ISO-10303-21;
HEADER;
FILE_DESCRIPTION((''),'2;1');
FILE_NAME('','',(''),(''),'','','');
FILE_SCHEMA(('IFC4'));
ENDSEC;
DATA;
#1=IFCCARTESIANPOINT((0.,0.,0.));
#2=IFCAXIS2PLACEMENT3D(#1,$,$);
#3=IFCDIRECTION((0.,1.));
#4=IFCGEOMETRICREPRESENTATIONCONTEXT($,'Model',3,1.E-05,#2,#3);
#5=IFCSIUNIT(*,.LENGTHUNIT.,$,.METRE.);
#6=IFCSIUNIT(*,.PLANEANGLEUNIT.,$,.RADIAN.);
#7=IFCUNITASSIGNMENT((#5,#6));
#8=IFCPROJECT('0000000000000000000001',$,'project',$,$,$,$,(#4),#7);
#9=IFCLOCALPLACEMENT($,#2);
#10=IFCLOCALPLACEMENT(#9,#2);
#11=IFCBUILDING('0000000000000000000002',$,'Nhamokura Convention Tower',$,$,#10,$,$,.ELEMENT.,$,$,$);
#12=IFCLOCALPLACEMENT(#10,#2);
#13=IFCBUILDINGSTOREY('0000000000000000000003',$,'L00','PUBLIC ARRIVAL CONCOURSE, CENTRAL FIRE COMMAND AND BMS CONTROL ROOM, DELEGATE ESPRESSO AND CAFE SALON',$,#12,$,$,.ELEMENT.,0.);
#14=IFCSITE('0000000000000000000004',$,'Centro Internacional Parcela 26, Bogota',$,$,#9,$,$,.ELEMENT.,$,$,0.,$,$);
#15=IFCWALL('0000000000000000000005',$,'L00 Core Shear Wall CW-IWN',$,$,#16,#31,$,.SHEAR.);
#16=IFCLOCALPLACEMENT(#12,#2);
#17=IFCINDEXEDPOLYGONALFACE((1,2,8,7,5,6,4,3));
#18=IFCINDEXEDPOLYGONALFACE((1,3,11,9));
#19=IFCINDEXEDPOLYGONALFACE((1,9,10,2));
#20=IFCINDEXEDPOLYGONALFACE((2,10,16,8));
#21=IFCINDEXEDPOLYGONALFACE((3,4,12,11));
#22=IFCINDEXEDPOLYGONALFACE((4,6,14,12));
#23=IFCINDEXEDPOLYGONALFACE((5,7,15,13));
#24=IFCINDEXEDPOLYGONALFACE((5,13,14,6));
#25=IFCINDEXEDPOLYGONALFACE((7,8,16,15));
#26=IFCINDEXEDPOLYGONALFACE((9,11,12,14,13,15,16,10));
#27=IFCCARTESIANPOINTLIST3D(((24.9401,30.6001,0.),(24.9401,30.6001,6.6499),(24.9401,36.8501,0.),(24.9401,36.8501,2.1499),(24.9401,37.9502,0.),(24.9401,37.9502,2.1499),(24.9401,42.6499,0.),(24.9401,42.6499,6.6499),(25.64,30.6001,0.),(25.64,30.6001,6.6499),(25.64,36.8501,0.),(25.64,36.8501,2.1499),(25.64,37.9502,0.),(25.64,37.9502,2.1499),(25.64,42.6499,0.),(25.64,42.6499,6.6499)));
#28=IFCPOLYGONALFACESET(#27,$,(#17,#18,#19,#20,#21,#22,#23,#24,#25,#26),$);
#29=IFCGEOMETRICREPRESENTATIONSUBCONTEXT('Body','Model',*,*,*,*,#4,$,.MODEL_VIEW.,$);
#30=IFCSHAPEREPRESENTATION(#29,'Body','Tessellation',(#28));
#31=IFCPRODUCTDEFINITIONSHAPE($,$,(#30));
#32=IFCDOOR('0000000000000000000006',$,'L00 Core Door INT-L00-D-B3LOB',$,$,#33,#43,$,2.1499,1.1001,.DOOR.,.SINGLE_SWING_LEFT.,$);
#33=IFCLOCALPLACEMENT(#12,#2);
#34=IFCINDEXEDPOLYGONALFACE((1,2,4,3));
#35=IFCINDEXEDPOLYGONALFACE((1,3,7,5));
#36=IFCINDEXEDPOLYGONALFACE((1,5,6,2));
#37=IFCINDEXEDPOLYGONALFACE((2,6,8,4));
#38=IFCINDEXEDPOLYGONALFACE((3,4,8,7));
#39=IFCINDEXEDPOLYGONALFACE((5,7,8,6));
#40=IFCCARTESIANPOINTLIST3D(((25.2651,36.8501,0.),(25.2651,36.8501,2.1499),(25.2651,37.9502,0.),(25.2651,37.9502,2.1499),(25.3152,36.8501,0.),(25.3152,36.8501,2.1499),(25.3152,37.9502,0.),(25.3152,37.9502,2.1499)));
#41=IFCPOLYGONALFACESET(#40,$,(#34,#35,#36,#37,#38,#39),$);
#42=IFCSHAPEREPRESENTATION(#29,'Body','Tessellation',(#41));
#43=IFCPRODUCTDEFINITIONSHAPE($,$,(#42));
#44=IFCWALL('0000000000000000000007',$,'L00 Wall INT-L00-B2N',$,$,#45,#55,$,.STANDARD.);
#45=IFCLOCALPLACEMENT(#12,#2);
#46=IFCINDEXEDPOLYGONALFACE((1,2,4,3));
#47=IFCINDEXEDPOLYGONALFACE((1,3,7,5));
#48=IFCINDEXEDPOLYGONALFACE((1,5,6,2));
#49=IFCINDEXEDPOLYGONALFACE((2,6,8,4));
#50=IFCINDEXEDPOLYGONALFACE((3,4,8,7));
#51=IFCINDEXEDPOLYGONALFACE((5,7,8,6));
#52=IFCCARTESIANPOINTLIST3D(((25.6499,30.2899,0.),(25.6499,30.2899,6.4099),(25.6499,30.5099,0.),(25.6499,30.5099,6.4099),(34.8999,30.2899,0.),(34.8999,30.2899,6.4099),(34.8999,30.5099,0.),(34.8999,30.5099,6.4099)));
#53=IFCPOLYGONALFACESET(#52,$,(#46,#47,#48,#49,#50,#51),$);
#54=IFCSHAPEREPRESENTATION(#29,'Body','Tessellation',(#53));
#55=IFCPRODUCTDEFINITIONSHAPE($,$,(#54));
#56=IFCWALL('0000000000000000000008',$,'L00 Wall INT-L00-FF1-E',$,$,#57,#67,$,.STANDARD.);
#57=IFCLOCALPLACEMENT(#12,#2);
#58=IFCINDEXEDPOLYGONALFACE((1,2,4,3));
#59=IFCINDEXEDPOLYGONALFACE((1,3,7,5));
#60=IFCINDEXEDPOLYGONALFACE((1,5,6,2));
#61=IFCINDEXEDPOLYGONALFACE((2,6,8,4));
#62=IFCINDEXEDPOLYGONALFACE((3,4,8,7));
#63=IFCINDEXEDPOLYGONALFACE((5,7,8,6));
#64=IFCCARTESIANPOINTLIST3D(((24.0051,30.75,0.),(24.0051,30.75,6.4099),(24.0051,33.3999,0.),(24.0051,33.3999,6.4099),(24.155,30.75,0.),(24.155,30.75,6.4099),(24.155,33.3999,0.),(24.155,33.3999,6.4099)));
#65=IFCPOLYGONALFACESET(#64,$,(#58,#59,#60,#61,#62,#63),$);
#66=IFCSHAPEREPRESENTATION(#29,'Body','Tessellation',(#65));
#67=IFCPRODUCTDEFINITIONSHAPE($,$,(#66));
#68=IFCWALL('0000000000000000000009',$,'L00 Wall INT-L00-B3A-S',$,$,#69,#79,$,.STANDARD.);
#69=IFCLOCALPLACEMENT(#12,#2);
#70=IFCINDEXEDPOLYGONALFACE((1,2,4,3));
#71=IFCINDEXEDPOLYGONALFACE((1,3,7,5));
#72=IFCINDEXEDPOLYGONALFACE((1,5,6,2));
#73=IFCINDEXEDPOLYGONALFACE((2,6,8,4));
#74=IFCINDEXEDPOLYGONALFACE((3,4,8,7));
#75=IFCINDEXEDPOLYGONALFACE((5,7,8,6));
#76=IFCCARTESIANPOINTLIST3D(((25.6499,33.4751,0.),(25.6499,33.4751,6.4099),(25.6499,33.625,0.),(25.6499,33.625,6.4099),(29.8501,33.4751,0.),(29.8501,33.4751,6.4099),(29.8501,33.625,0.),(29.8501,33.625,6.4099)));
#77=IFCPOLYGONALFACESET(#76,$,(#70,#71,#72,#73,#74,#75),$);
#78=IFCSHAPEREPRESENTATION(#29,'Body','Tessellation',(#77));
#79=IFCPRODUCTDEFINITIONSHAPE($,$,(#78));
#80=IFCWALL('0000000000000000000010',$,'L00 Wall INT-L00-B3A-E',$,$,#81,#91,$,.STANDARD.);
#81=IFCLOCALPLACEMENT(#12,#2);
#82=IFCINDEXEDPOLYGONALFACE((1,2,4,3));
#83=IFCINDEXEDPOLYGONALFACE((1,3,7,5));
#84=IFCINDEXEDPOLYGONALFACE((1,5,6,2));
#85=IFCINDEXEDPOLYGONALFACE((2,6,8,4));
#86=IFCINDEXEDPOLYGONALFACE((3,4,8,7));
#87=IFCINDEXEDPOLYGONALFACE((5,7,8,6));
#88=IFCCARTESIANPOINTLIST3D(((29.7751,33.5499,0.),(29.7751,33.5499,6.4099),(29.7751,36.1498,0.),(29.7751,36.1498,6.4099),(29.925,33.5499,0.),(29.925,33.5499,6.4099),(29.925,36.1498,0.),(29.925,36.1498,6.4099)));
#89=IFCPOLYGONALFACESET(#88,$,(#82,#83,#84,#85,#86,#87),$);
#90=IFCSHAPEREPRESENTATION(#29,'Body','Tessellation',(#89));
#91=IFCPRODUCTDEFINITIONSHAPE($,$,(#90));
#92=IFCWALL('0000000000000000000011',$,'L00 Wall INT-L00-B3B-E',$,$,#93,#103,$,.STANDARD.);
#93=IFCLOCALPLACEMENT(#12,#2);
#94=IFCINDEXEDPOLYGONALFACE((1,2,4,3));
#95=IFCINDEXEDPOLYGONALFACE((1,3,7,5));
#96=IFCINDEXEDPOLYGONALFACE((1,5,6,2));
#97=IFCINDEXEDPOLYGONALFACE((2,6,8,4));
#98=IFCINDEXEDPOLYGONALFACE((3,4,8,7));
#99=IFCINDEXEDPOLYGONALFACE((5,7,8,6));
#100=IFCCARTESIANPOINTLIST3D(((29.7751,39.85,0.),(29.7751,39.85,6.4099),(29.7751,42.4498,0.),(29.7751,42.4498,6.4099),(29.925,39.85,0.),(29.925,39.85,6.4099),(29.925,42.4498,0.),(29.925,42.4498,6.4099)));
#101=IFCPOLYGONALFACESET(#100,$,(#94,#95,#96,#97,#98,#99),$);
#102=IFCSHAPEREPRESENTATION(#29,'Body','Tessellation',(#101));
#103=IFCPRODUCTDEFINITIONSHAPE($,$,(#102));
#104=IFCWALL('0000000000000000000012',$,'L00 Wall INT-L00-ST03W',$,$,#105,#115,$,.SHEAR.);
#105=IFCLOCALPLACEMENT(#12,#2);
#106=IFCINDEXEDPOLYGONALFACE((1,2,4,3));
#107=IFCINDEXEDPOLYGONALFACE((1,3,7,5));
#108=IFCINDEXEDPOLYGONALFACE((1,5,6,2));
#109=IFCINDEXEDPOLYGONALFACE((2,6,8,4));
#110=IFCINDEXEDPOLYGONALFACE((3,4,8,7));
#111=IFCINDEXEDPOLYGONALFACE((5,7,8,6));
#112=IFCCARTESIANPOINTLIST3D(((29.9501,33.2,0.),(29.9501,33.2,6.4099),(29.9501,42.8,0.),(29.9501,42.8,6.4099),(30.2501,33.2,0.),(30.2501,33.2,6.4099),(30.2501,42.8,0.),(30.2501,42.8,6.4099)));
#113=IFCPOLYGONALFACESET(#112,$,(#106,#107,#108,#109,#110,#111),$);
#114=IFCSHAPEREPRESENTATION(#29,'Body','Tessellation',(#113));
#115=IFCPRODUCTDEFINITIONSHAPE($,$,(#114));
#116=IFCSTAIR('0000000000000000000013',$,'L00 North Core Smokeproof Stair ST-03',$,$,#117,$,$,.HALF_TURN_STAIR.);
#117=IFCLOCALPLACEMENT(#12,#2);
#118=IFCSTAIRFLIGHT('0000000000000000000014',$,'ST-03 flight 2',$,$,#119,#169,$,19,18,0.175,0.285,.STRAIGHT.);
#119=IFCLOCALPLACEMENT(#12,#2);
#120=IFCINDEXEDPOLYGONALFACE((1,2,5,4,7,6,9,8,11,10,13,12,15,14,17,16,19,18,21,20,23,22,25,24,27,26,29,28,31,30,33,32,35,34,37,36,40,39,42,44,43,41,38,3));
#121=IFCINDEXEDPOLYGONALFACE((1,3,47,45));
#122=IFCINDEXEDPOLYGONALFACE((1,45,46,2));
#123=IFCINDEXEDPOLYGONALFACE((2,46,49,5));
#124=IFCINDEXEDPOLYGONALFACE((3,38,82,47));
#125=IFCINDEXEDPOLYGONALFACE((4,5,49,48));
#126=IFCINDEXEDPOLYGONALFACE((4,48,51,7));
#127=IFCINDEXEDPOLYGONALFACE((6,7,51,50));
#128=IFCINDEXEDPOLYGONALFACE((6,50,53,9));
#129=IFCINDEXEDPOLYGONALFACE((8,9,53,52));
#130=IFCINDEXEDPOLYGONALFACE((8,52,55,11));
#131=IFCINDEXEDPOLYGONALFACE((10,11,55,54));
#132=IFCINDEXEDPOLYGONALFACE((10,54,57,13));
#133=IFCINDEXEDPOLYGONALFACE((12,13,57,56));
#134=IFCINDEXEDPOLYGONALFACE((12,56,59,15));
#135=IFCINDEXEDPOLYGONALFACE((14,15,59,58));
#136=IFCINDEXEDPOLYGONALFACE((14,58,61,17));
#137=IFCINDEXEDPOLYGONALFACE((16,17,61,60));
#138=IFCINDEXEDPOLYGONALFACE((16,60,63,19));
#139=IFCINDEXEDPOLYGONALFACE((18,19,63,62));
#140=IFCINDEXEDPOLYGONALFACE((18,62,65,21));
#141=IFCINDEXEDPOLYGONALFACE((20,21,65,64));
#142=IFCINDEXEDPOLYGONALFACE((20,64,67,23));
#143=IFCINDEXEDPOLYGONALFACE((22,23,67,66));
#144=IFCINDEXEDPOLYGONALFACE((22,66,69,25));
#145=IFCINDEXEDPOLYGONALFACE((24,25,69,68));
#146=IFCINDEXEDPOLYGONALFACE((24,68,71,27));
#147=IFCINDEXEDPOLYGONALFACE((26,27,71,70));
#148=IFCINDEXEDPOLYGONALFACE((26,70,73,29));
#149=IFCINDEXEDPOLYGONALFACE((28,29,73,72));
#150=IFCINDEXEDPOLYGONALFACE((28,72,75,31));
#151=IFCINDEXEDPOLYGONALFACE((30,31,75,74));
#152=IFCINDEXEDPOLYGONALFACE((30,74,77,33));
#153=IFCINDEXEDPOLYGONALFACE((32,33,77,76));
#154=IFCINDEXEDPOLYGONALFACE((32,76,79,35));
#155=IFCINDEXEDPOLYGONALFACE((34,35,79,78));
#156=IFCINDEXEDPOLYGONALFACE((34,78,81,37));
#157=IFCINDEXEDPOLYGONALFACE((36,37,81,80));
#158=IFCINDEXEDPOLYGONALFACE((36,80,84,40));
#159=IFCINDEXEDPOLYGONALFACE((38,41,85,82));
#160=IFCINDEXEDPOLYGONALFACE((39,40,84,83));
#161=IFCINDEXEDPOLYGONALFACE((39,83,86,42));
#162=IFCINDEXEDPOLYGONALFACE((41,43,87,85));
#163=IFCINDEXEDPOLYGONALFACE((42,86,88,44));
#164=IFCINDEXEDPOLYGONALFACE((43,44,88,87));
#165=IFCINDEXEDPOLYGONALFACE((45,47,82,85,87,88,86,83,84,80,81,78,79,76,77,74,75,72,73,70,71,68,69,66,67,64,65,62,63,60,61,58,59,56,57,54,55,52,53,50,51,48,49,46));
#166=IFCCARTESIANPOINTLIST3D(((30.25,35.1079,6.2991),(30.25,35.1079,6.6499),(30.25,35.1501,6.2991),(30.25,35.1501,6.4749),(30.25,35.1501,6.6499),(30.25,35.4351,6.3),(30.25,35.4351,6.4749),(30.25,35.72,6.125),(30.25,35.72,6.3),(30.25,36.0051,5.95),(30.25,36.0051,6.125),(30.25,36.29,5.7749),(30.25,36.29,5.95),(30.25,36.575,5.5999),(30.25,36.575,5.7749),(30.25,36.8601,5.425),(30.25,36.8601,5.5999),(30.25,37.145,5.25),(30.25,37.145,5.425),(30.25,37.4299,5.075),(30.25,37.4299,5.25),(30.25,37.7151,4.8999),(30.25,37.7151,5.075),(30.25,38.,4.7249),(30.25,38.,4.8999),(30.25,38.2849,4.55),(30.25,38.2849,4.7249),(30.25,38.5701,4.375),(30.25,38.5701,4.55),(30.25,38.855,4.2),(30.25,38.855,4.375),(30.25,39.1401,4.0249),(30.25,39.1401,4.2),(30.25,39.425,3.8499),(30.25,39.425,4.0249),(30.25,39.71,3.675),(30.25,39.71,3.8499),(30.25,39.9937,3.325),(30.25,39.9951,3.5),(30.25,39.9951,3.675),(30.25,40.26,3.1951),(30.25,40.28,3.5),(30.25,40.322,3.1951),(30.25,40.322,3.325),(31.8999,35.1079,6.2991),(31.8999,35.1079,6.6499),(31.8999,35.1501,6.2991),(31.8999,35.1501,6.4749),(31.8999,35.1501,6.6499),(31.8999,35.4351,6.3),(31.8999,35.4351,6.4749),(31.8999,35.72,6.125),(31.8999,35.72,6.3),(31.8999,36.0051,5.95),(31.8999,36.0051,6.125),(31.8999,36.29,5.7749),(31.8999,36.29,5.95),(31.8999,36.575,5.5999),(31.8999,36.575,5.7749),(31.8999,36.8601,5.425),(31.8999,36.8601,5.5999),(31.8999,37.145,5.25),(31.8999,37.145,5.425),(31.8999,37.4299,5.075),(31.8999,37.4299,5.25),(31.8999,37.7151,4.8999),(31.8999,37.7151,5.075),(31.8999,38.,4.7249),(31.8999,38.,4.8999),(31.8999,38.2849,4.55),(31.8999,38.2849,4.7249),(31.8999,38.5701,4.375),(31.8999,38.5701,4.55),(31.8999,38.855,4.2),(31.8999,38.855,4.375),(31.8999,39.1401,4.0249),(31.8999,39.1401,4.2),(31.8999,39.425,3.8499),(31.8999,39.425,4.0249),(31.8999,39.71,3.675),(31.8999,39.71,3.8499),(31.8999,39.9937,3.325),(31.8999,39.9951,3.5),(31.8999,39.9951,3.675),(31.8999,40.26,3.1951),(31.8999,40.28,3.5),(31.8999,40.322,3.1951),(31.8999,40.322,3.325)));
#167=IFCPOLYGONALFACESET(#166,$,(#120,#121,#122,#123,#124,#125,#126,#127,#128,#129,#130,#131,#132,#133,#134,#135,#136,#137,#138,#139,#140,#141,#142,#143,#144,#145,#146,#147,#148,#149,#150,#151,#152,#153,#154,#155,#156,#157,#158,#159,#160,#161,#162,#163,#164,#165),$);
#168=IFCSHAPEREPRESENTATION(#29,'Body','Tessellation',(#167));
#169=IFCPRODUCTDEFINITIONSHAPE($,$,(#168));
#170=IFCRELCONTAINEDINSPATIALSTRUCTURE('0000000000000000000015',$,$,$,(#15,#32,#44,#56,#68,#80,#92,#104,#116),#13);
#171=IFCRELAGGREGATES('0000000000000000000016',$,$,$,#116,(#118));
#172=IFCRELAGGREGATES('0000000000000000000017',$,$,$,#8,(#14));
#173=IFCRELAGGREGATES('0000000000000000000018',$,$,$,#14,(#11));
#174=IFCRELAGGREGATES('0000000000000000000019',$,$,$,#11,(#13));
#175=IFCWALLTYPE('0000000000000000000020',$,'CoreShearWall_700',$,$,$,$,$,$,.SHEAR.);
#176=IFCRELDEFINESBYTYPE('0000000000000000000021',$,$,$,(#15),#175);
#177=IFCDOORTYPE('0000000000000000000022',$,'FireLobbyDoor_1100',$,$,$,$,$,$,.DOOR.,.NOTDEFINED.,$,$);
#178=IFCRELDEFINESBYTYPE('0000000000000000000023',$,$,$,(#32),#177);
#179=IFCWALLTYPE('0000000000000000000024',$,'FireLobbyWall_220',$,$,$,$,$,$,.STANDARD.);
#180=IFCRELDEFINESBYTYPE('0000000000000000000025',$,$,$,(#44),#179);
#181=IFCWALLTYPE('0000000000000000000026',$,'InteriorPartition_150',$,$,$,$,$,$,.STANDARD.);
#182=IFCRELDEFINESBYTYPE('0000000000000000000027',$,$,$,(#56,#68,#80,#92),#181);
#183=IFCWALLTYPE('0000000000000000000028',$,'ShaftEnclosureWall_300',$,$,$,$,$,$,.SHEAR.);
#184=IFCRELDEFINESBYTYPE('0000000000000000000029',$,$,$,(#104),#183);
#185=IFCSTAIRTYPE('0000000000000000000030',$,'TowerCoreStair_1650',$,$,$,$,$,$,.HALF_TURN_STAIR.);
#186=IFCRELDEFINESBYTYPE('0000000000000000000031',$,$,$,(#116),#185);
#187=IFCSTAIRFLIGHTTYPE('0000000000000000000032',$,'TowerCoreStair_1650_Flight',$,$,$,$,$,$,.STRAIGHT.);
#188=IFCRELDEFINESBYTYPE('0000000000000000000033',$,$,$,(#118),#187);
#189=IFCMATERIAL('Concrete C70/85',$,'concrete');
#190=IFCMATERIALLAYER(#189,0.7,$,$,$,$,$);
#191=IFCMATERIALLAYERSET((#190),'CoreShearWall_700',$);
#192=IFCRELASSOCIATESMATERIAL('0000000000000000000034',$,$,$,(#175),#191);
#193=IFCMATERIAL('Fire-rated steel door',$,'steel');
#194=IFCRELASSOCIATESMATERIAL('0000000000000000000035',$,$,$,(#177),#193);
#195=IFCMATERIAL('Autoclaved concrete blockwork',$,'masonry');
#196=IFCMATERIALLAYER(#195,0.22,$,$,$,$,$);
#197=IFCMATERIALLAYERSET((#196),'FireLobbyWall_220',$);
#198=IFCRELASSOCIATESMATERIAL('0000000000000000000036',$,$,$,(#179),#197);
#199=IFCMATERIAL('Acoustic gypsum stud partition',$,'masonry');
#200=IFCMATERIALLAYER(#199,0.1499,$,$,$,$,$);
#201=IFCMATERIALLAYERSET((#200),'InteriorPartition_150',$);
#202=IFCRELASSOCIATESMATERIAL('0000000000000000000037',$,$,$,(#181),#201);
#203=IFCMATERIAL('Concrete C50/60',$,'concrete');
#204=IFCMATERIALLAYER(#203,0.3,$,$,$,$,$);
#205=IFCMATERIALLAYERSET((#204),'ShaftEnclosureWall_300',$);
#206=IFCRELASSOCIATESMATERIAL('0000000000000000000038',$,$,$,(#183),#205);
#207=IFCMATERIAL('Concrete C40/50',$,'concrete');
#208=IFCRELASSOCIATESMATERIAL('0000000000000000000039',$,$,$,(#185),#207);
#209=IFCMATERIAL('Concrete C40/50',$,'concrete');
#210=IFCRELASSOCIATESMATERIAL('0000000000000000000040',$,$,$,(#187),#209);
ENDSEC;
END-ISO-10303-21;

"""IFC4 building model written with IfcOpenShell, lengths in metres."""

from ifc_helpers import new_model, si_unit, direction, frame, frame_2d, origin, place, context, subcontext, project, spatial, polyline, rectangle, outline, extrude, material, layer, layer_set, type_object, element, fill, aggregate, save


model = new_model("IFC4")

# Units and contexts
model_context = context("Model", 3, precision=1e-05, world=origin(), true_north=direction((0.0, 1.0)))
body_context = subcontext(model_context, "Body", "Model", "MODEL_VIEW")
ifc_project = project(units=[si_unit("LENGTHUNIT", "METRE"), si_unit("PLANEANGLEUNIT", "RADIAN")], contexts=[model_context])

# Site, building, storey
site_placement = place(None, origin())
site = spatial("IfcSite", under=ifc_project, at=site_placement, Name="Centro Internacional Parcela 26, Bogota", CompositionType="ELEMENT", RefElevation=0.0)
building_placement = place(site_placement, origin())
building = spatial("IfcBuilding", under=site, at=building_placement, Name="Nhamokura Convention Tower", CompositionType="ELEMENT")
storey_placement = place(building_placement, origin())
storey = spatial("IfcBuildingStorey", under=building, at=storey_placement, Name="L00", Description="PUBLIC ARRIVAL CONCOURSE, CENTRAL FIRE COMMAND AND BMS CONTROL ROOM, DELEGATE ESPRESSO AND CAFE SALON", CompositionType="ELEMENT", Elevation=0.0)

# Wall, opening, door
ifc_material_1 = material(Name="Concrete C70/85", Category="concrete")
ifc_layer_1 = layer(ifc_material_1, 0.7)
ifc_layer_set_1 = layer_set([ifc_layer_1], Name="CoreShearWall_700")
wall_type_1 = type_object("IfcWallType", Name="CoreShearWall_700", PredefinedType="SHEAR", material=ifc_layer_set_1)
wall_1_placement = place(storey_placement, frame((25.29, 30.6001, 0.0), z_axis=(0.0, 0.0, 1.0), x_axis=(0.0, 1.0, 0.0)))
wall_1 = element("IfcWall", 1, at=wall_1_placement, inside=storey, type_object=wall_type_1, Name="L00 Core Shear Wall CW-IWN", PredefinedType="SHEAR", context=body_context, shape_type="SweptSolid", body=[
    extrude(rectangle(XDim=12.0498, YDim=0.7, at=frame_2d((6.0249, 0.0))), origin(), (0.0, 0.0, 1.0), 6.6499),
])
opening_1_placement = place(wall_1_placement, frame((6.25, 0.0, 0.0)))
opening_1 = element("IfcOpeningElement", 2, at=opening_1_placement, cuts=wall_1, PredefinedType="OPENING", context=body_context, shape_type="SweptSolid", body=[
    extrude(rectangle(XDim=1.1001, YDim=2.1499, at=frame_2d((0.55, 1.075))), frame((0.0, 0.3599, 0.0), z_axis=(0.0, -1.0, 0.0), x_axis=(1.0, 0.0, 0.0)), (0.0, 0.0, 1.0), 0.72),
])
ifc_material_2 = material(Name="Fire-rated steel door", Category="steel")
door_type_1 = type_object("IfcDoorType", Name="FireLobbyDoor_1100", OperationType="NOTDEFINED", PredefinedType="DOOR", material=ifc_material_2)
door_1_placement = place(opening_1_placement, origin())
door_1 = element("IfcDoor", 3, at=door_1_placement, inside=storey, type_object=door_type_1, Name="L00 Core Door INT-L00-D-B3LOB", OperationType="SINGLE_SWING_LEFT", OverallHeight=2.1499, OverallWidth=1.1001, PredefinedType="DOOR", context=body_context, shape_type="SweptSolid", body=[
    extrude(rectangle(XDim=1.1001, YDim=2.1499, at=frame_2d((0.55, 1.075))), frame((0.0, 0.0249, 0.0), z_axis=(0.0, -1.0, 0.0), x_axis=(1.0, 0.0, 0.0)), (0.0, 0.0, 1.0), 0.05),
])
fill(opening_1, door_1)

# Wall
ifc_material_3 = material(Name="Autoclaved concrete blockwork", Category="masonry")
ifc_layer_2 = layer(ifc_material_3, 0.22)
ifc_layer_set_2 = layer_set([ifc_layer_2], Name="FireLobbyWall_220")
wall_type_2 = type_object("IfcWallType", Name="FireLobbyWall_220", PredefinedType="STANDARD", material=ifc_layer_set_2)
wall_2_placement = place(storey_placement, frame((25.6499, 30.3999, 0.0), z_axis=(0.0, 0.0, 1.0), x_axis=(1.0, 0.0, 0.0)))
element("IfcWall", 4, at=wall_2_placement, inside=storey, type_object=wall_type_2, Name="L00 Wall INT-L00-B2N", PredefinedType="STANDARD", context=body_context, shape_type="SweptSolid", body=[
    extrude(rectangle(XDim=9.25, YDim=0.22, at=frame_2d((4.625, 0.0))), origin(), (0.0, 0.0, 1.0), 6.4099),
])

# Walls
ifc_material_4 = material(Name="Acoustic gypsum stud partition", Category="masonry")
ifc_layer_3 = layer(ifc_material_4, 0.1499)
ifc_layer_set_3 = layer_set([ifc_layer_3], Name="InteriorPartition_150")
wall_type_3 = type_object("IfcWallType", Name="InteriorPartition_150", PredefinedType="STANDARD", material=ifc_layer_set_3)
wall_3_placement = place(storey_placement, frame((24.0801, 30.75, 0.0), z_axis=(0.0, 0.0, 1.0), x_axis=(0.0, 1.0, 0.0)))
element("IfcWall", 5, at=wall_3_placement, inside=storey, type_object=wall_type_3, Name="L00 Wall INT-L00-FF1-E", PredefinedType="STANDARD", context=body_context, shape_type="SweptSolid", body=[
    extrude(rectangle(XDim=2.6499, YDim=0.1499, at=frame_2d((1.325, 0.0))), origin(), (0.0, 0.0, 1.0), 6.4099),
])
wall_4_placement = place(storey_placement, frame((25.6499, 33.55, 0.0), z_axis=(0.0, 0.0, 1.0), x_axis=(1.0, 0.0, 0.0)))
element("IfcWall", 6, at=wall_4_placement, inside=storey, type_object=wall_type_3, Name="L00 Wall INT-L00-B3A-S", PredefinedType="STANDARD", context=body_context, shape_type="SweptSolid", body=[
    extrude(rectangle(XDim=4.2002, YDim=0.1499, at=frame_2d((2.1001, 0.0))), origin(), (0.0, 0.0, 1.0), 6.4099),
])
for number, where, z_axis, x_axis, name in (
    (7, (29.8501, 33.55, 0.0), (0.0, 0.0, 1.0), (0.0, 1.0, 0.0), "L00 Wall INT-L00-B3A-E"),
    (8, (29.8501, 39.8501, 0.0), (0.0, 0.0, 1.0), (0.0, 1.0, 0.0), "L00 Wall INT-L00-B3B-E"),
):
    element("IfcWall", number, at=place(storey_placement, frame(where, z_axis=z_axis, x_axis=x_axis)), inside=storey, type_object=wall_type_3, Name=name, PredefinedType="STANDARD", context=body_context, shape_type="SweptSolid", body=[
        extrude(rectangle(XDim=2.5999, YDim=0.1499, at=frame_2d((1.2998, 0.0))), origin(), (0.0, 0.0, 1.0), 6.4099),
    ])
ifc_material_5 = material(Name="Concrete C50/60", Category="concrete")
ifc_layer_4 = layer(ifc_material_5, 0.3)
ifc_layer_set_4 = layer_set([ifc_layer_4], Name="ShaftEnclosureWall_300")
wall_type_4 = type_object("IfcWallType", Name="ShaftEnclosureWall_300", PredefinedType="SHEAR", material=ifc_layer_set_4)
wall_5_placement = place(storey_placement, frame((30.1001, 33.2, 0.0), z_axis=(0.0, 0.0, 1.0), x_axis=(0.0, 1.0, 0.0)))
element("IfcWall", 9, at=wall_5_placement, inside=storey, type_object=wall_type_4, Name="L00 Wall INT-L00-ST03W", PredefinedType="SHEAR", context=body_context, shape_type="SweptSolid", body=[
    extrude(rectangle(XDim=9.6001, YDim=0.3, at=frame_2d((4.8, 0.0))), origin(), (0.0, 0.0, 1.0), 6.4099),
])

# Stair, stair flight
ifc_material_6 = material(Name="Concrete C40/50", Category="concrete")
stair_type = type_object("IfcStairType", Name="TowerCoreStair_1650", PredefinedType="HALF_TURN_STAIR", material=ifc_material_6)
stair_placement = place(storey_placement, origin())
stair = element("IfcStair", 10, at=stair_placement, inside=storey, type_object=stair_type, Name="L00 North Core Smokeproof Stair ST-03", PredefinedType="HALF_TURN_STAIR")
ifc_material_7 = material(Name="Concrete C40/50", Category="concrete")
stair_flight_type = type_object("IfcStairFlightType", Name="TowerCoreStair_1650_Flight", PredefinedType="STRAIGHT", material=ifc_material_7)
stair_flight_placement = place(storey_placement, frame((31.075, 40.28, 3.325), z_axis=(0.0, 0.0, 1.0), x_axis=(0.0, -1.0, 0.0)))
stair_flight = element("IfcStairFlight", 11, at=stair_flight_placement, type_object=stair_flight_type, Name="ST-03 flight 2", NumberOfRisers=19, NumberOfTreads=18, PredefinedType="STRAIGHT", RiserHeight=0.175, TreadLength=0.285, context=body_context, shape_type="SweptSolid", body=[
    extrude(outline(polyline([(-0.042, 0.0), (0.0, 0.175), (0.2849, 0.175), (0.2849, 0.3501), (0.5701, 0.3501), (0.5701, 0.5249), (0.855, 0.5249), (0.855, 0.7), (1.1399, 0.7), (1.1399, 0.875), (1.425, 0.875), (1.425, 1.05), (1.71, 1.05), (1.71, 1.2251), (1.9951, 1.2251), (1.9951, 1.3999), (2.28, 1.3999), (2.28, 1.575), (2.5649, 1.575), (2.5649, 1.75), (2.8501, 1.75), (2.8501, 1.925), (3.135, 1.925), (3.135, 2.1001), (3.4199, 2.1001), (3.4199, 2.2749), (3.7051, 2.2749), (3.7051, 2.45), (3.99, 2.45), (3.99, 2.625), (4.2749, 2.625), (4.2749, 2.8), (4.5601, 2.8), (4.5601, 2.9751), (4.845, 2.9751), (4.845, 3.1499), (5.1299, 3.1499), (5.1299, 3.325), (5.1721, 3.325), (5.1721, 2.9741), (5.1299, 2.9741), (0.2864, 0.0), (0.02, -0.1299), (-0.042, -0.1299), (-0.042, 0.0)])), frame((0.0, 0.825, 0.0), z_axis=(0.0, -1.0, 0.0), x_axis=(1.0, 0.0, 0.0)), (0.0, 0.0, 1.0), 1.6499),
])
aggregate(stair, [stair_flight])

save(model, "model.ifc")
